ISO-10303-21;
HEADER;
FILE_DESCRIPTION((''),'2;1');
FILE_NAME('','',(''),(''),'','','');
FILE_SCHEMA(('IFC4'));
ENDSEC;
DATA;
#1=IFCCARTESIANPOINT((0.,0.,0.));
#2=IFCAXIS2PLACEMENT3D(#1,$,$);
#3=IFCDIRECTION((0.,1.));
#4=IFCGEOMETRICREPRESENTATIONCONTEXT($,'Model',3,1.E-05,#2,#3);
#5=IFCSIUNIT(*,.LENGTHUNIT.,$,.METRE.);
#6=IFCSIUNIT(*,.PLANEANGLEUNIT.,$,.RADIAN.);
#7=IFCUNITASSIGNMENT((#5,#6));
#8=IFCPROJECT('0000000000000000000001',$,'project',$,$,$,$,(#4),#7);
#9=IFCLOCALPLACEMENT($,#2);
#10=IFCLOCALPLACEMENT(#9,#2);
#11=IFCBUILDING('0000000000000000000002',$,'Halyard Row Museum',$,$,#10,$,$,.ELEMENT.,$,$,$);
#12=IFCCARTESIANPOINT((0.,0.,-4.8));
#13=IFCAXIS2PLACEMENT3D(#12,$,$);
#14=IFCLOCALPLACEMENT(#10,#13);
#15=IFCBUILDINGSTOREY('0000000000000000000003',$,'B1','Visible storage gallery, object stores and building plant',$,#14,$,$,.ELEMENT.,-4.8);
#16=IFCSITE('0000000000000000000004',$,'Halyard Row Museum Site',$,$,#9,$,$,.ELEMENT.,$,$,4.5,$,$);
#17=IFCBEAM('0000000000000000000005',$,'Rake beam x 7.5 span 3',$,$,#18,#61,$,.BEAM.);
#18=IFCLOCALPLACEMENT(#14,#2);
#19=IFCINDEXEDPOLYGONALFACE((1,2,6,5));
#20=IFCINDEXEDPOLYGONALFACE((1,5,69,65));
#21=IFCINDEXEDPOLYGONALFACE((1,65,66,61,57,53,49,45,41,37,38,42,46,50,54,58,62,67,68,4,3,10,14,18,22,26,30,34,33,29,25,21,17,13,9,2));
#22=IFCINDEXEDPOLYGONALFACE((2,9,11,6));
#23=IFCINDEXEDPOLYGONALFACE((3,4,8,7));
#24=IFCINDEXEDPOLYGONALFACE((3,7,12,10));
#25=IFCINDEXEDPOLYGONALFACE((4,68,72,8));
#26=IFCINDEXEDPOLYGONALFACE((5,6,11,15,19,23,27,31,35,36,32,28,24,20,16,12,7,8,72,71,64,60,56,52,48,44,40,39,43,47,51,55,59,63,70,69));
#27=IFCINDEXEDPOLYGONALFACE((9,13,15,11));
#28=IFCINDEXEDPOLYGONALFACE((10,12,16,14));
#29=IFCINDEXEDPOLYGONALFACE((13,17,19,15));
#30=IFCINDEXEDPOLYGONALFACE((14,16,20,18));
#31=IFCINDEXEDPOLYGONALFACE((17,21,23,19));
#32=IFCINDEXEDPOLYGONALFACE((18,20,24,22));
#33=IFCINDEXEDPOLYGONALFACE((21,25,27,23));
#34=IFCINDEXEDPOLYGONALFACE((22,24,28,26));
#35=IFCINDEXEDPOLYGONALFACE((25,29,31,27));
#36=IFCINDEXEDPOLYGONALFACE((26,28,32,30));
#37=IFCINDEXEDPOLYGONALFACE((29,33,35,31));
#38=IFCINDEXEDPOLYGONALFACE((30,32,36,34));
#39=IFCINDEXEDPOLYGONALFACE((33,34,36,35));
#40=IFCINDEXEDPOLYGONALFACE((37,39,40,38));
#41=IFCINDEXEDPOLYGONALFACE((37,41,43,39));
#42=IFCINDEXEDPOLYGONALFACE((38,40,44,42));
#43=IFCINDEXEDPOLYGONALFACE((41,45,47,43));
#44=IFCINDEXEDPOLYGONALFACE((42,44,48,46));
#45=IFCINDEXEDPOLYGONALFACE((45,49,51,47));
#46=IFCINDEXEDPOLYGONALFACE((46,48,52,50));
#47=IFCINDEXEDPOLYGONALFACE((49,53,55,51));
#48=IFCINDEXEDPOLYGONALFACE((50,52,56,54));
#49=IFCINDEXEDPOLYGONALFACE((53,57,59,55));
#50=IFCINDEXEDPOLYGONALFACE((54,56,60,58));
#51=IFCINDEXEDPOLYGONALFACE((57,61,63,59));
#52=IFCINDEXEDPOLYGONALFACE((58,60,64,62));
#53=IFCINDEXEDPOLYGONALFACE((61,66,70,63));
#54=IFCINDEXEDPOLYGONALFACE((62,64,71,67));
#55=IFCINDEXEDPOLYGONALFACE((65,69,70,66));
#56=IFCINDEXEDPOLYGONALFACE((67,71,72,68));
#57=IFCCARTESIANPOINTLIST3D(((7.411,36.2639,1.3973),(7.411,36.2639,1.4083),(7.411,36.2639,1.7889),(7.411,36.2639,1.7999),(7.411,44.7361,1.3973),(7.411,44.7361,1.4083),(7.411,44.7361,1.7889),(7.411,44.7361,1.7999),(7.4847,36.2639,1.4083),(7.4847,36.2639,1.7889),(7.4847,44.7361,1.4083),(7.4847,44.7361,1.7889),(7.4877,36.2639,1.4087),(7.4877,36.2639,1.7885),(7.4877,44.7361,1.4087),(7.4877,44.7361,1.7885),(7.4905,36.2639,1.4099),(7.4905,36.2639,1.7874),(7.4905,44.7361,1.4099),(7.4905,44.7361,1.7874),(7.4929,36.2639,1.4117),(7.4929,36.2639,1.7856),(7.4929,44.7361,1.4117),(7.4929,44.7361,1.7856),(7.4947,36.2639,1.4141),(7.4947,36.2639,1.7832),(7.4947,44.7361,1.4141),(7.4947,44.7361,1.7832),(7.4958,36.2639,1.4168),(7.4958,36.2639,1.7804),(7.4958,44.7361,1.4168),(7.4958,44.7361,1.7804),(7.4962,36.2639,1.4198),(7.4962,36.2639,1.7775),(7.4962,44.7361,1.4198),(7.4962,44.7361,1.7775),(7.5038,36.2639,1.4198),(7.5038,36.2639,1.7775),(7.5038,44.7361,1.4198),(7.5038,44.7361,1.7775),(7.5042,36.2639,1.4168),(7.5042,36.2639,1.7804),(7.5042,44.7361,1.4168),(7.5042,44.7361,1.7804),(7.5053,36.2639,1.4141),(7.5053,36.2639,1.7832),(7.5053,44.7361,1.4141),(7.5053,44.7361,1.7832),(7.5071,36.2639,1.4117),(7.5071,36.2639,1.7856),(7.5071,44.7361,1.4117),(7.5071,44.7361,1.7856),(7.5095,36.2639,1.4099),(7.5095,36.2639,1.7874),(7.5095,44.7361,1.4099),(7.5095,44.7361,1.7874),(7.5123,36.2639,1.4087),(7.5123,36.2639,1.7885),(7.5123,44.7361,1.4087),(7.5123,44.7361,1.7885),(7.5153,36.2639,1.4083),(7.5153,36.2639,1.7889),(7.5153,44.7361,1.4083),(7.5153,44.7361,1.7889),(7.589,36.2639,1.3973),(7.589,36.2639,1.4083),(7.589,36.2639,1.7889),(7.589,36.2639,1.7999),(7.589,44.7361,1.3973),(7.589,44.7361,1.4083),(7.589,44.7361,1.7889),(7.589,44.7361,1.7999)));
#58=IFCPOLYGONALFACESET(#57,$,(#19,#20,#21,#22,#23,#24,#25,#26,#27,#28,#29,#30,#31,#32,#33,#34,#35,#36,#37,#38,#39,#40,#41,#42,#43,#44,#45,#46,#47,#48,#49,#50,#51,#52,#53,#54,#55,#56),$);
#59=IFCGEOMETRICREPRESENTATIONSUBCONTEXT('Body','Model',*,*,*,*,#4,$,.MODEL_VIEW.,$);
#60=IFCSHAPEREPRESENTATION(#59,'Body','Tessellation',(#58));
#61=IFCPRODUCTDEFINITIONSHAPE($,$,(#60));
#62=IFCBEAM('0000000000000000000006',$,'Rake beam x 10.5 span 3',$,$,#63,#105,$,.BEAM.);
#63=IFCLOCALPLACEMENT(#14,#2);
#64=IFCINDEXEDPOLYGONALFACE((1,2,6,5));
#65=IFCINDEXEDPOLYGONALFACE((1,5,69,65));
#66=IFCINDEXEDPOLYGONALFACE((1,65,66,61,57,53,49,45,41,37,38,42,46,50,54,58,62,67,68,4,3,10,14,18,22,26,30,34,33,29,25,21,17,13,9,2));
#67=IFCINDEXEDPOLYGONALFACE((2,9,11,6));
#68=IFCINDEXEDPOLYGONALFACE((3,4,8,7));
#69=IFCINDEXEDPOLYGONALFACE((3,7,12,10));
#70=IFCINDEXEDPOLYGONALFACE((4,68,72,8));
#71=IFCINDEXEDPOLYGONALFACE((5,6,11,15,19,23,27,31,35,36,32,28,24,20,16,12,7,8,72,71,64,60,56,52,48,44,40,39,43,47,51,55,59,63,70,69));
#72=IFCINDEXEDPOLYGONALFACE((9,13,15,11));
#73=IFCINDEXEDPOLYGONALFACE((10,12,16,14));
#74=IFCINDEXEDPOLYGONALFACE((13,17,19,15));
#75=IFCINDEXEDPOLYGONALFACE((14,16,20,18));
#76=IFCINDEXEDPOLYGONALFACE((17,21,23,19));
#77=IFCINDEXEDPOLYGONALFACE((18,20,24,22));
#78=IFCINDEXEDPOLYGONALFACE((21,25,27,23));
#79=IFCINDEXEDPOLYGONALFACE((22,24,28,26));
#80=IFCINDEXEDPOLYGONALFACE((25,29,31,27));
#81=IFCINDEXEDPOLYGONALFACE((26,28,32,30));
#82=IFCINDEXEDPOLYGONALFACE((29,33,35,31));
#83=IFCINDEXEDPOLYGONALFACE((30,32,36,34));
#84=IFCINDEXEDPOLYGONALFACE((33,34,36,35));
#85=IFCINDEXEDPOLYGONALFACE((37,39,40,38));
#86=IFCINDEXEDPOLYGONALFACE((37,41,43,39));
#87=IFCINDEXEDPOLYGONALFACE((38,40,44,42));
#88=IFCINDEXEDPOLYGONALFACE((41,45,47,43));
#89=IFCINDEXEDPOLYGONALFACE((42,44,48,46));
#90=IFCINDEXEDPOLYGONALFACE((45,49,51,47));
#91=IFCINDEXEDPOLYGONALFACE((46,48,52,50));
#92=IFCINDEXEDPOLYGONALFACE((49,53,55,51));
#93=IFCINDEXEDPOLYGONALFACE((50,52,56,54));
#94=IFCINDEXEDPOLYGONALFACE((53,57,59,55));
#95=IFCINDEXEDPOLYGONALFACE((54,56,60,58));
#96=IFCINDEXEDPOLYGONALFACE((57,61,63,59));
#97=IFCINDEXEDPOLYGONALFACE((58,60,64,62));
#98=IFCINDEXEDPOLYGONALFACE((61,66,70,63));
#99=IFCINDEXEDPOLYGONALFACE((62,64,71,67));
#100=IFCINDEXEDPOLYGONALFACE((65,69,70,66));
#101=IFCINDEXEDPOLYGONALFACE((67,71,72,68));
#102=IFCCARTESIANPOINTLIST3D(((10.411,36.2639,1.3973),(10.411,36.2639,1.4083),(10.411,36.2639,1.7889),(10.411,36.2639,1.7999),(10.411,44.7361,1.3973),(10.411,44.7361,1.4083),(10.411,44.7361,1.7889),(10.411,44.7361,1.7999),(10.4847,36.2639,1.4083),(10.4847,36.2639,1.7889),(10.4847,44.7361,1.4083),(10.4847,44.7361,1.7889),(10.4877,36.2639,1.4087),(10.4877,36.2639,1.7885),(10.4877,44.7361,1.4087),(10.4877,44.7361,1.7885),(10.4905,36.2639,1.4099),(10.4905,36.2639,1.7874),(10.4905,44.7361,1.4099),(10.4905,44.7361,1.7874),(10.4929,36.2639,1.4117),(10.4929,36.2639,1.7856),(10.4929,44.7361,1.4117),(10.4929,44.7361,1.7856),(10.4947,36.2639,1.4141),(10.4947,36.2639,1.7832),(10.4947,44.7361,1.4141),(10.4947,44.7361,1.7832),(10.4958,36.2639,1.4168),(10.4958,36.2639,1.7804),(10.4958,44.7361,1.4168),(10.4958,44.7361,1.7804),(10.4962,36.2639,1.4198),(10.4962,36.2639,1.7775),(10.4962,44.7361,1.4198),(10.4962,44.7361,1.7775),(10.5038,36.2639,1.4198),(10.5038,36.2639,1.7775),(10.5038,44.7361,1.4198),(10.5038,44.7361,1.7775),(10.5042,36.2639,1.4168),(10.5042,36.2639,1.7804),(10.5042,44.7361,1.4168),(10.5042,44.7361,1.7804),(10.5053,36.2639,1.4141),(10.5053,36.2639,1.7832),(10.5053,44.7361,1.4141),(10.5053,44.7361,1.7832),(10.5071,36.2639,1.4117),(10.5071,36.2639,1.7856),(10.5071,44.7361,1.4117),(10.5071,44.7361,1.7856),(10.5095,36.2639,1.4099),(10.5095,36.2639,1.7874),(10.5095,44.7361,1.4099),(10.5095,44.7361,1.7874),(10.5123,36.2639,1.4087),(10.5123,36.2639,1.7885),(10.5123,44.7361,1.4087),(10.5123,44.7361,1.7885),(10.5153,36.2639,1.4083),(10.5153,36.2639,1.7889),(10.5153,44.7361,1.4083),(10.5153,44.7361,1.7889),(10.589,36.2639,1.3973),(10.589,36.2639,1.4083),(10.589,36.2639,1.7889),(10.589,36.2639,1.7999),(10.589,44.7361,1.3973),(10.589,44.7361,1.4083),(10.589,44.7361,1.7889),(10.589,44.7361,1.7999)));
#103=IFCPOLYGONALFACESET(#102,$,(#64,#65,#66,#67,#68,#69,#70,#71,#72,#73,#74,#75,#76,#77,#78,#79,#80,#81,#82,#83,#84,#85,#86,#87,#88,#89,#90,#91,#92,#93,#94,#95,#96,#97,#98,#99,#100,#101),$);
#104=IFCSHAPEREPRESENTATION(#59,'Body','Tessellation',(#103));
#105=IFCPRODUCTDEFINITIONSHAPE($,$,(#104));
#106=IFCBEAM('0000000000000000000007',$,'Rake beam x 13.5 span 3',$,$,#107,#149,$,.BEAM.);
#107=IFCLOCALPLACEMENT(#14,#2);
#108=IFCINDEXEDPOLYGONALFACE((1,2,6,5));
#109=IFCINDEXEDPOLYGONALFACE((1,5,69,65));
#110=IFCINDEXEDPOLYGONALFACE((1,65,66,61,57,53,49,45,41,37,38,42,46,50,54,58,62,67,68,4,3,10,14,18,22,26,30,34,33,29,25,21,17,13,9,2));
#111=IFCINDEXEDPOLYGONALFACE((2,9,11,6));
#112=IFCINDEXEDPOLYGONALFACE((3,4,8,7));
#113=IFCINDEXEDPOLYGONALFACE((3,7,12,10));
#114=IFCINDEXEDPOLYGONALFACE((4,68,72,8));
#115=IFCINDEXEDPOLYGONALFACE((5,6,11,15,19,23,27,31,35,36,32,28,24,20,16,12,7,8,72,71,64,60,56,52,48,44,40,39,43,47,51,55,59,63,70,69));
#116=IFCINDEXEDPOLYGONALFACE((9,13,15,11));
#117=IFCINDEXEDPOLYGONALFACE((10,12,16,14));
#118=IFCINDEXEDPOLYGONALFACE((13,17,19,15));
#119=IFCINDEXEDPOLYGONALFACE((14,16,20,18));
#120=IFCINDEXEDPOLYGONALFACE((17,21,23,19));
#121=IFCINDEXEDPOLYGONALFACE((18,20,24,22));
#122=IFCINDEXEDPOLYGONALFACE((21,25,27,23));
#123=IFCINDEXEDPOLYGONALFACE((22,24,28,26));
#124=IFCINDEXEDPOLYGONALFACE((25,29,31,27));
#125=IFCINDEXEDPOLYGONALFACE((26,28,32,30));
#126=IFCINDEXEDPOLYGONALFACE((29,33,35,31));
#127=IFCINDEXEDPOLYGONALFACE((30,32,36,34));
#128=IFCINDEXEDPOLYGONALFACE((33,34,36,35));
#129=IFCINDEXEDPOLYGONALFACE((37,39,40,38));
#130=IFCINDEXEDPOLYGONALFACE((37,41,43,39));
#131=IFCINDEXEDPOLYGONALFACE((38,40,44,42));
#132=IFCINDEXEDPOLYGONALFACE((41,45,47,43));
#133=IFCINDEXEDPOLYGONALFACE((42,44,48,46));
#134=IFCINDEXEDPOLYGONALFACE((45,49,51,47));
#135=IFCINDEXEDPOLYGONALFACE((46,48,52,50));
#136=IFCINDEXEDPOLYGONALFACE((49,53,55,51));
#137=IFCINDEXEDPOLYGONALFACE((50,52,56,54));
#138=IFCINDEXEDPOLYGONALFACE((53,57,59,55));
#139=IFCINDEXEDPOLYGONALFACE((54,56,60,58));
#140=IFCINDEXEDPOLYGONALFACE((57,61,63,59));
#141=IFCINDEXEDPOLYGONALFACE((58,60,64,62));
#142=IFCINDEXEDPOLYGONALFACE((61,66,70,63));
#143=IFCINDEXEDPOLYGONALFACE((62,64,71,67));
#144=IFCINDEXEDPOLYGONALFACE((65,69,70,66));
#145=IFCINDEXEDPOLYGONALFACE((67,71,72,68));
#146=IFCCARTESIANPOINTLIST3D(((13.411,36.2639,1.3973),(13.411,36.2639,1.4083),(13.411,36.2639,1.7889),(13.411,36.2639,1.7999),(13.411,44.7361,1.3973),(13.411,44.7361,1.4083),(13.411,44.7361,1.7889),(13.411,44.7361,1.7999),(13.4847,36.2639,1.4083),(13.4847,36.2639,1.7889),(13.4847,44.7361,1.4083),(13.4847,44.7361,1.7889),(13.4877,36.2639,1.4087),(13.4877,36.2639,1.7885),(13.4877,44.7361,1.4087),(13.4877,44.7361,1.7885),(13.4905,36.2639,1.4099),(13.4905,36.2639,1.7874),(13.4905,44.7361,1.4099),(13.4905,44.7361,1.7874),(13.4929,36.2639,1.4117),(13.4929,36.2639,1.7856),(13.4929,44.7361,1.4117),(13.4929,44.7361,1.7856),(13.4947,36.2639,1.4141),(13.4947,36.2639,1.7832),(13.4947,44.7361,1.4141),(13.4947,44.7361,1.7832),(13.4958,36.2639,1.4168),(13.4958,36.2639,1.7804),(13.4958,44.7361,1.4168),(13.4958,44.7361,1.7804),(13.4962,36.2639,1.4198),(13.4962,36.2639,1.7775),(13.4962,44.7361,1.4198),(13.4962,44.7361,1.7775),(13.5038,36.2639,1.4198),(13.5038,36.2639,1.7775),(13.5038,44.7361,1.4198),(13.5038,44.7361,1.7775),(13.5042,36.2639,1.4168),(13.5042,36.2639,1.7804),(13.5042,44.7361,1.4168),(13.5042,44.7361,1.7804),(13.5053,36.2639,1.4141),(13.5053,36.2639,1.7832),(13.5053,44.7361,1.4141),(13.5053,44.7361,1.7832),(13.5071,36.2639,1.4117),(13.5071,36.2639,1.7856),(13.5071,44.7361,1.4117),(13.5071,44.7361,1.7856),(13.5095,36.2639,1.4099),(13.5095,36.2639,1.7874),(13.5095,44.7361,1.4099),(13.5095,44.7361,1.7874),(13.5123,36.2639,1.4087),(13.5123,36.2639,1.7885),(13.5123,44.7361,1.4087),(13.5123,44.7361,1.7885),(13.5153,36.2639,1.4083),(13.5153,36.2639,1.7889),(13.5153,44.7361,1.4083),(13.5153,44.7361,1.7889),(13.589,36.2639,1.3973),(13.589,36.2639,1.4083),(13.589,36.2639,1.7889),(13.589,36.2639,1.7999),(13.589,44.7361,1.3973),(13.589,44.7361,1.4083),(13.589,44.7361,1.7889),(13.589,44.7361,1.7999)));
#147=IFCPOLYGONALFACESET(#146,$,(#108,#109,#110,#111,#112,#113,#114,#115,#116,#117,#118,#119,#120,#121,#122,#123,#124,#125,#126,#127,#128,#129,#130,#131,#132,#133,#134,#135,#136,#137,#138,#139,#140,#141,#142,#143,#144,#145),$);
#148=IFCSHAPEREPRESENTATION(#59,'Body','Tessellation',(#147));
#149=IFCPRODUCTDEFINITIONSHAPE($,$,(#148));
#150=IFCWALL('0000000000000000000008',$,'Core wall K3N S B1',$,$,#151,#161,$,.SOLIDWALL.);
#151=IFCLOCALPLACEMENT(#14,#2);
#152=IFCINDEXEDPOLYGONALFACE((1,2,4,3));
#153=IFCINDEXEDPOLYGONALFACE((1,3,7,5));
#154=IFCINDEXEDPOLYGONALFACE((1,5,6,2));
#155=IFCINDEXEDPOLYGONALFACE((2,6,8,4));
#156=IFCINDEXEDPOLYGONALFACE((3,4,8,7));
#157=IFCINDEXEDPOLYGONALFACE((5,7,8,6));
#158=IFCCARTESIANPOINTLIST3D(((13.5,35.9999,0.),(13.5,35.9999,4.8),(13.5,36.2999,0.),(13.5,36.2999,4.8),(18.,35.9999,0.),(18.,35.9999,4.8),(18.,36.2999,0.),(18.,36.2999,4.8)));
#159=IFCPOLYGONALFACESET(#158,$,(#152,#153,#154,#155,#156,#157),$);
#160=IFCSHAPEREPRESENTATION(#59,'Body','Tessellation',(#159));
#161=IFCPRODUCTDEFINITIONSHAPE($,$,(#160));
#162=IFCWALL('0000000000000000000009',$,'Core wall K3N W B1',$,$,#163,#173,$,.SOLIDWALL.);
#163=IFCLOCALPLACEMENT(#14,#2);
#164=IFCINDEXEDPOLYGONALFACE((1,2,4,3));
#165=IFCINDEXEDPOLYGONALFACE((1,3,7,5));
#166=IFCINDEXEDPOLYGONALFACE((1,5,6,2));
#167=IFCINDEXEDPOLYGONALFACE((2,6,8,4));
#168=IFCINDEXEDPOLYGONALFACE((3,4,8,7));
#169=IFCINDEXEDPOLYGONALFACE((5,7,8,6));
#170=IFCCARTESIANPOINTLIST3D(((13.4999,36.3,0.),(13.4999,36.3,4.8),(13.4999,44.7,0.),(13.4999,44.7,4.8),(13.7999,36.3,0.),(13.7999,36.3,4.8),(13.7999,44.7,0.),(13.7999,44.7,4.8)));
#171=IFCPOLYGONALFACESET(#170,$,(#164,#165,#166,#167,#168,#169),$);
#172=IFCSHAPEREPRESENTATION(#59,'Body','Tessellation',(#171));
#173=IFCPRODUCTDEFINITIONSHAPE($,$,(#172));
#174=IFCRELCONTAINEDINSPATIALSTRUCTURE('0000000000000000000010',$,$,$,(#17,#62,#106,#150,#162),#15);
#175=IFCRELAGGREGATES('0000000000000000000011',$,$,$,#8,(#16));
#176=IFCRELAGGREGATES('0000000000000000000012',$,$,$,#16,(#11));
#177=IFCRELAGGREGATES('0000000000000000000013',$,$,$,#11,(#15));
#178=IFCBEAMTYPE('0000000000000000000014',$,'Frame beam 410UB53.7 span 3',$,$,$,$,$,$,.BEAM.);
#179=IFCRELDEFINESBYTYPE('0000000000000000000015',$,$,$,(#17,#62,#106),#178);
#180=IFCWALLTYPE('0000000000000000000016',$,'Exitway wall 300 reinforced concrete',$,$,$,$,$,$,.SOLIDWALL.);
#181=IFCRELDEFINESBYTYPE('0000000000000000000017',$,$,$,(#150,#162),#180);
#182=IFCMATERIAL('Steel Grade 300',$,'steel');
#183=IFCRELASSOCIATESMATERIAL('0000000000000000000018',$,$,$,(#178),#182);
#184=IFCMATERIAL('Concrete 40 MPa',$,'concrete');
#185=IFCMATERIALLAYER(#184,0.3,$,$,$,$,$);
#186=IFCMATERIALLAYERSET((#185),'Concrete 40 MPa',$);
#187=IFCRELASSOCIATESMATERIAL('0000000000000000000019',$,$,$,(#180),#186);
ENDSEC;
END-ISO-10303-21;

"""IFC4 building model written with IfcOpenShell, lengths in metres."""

from ifc_helpers import new_model, si_unit, direction, frame, frame_2d, origin, origin_2d, place, context, subcontext, project, spatial, rectangle, i_section, extrude, material, layer, layer_set, material_profile, profile_set, type_object, element, save


model = new_model("IFC4")

# Units and contexts
model_context = context("Model", 3, precision=1e-05, world=origin(), true_north=direction((0.0, 1.0)))
body_context = subcontext(model_context, "Body", "Model", "MODEL_VIEW")
ifc_project = project(units=[si_unit("LENGTHUNIT", "METRE"), si_unit("PLANEANGLEUNIT", "RADIAN")], contexts=[model_context])

# Site, building, storey
site_placement = place(None, origin())
site = spatial("IfcSite", under=ifc_project, at=site_placement, Name="Halyard Row Museum Site", CompositionType="ELEMENT", RefElevation=4.5)
building_placement = place(site_placement, origin())
building = spatial("IfcBuilding", under=site, at=building_placement, Name="Halyard Row Museum", CompositionType="ELEMENT")
storey_placement = place(building_placement, frame((0.0, 0.0, -4.8)))
storey = spatial("IfcBuildingStorey", under=building, at=storey_placement, Name="B1", Description="Visible storage gallery, object stores and building plant", CompositionType="ELEMENT", Elevation=-4.8)

# Beams
ifc_material_1 = material(Name="Steel Grade 300", Category="steel")
ifc_material_profile_1 = material_profile(ifc_material_1, i_section(OverallWidth=0.178, OverallDepth=0.4026, WebThickness=0.0076, FlangeThickness=0.011, FilletRadius=0.0115, at=origin_2d()), Name="410UB53.7")
ifc_profile_set_1 = profile_set([ifc_material_profile_1], Name="Steel Grade 300")
beam_type = type_object("IfcBeamType", Name="Frame beam 410UB53.7 span 3", PredefinedType="BEAM", material=ifc_profile_set_1)
for number, where, z_axis, x_axis, name in (
    (1, (7.5, 36.2639, 1.5986), (0.0, 1.0, 0.0), (-1.0, 0.0, 0.0), "Rake beam x 7.5 span 3"),
    (2, (10.5, 36.2639, 1.5986), (0.0, 1.0, 0.0), (-1.0, 0.0, 0.0), "Rake beam x 10.5 span 3"),
    (3, (13.5, 36.2639, 1.5986), (0.0, 1.0, 0.0), (-1.0, 0.0, 0.0), "Rake beam x 13.5 span 3"),
):
    element("IfcBeam", number, at=place(storey_placement, frame(where, z_axis=z_axis, x_axis=x_axis)), inside=storey, type_object=beam_type, Name=name, PredefinedType="BEAM", context=body_context, shape_type="SweptSolid", body=[
        extrude(i_section(OverallWidth=0.178, OverallDepth=0.4026, WebThickness=0.0076, FlangeThickness=0.011, FilletRadius=0.0115, at=origin_2d()), origin(), (0.0, 0.0, 1.0), 8.4722),
    ])

# Walls
ifc_material_2 = material(Name="Concrete 40 MPa", Category="concrete")
ifc_layer = layer(ifc_material_2, 0.3)
ifc_layer_set = layer_set([ifc_layer], Name="Concrete 40 MPa")
wall_type = type_object("IfcWallType", Name="Exitway wall 300 reinforced concrete", PredefinedType="SOLIDWALL", material=ifc_layer_set)
wall_1_placement = place(storey_placement, frame((13.5, 36.1499, 0.0), z_axis=(0.0, 0.0, 1.0), x_axis=(1.0, 0.0, 0.0)))
element("IfcWall", 4, at=wall_1_placement, inside=storey, type_object=wall_type, Name="Core wall K3N S B1", PredefinedType="SOLIDWALL", context=body_context, shape_type="SweptSolid", body=[
    extrude(rectangle(XDim=4.5, YDim=0.3, at=frame_2d((2.25, 0.0))), origin(), (0.0, 0.0, 1.0), 4.8),
])
wall_2_placement = place(storey_placement, frame((13.6499, 36.3, 0.0), z_axis=(0.0, 0.0, 1.0), x_axis=(0.0, 1.0, 0.0)))
element("IfcWall", 5, at=wall_2_placement, inside=storey, type_object=wall_type, Name="Core wall K3N W B1", PredefinedType="SOLIDWALL", context=body_context, shape_type="SweptSolid", body=[
    extrude(rectangle(XDim=8.3999, YDim=0.3, at=frame_2d((4.2, 0.0))), origin(), (0.0, 0.0, 1.0), 4.8),
])

save(model, "model.ifc")
